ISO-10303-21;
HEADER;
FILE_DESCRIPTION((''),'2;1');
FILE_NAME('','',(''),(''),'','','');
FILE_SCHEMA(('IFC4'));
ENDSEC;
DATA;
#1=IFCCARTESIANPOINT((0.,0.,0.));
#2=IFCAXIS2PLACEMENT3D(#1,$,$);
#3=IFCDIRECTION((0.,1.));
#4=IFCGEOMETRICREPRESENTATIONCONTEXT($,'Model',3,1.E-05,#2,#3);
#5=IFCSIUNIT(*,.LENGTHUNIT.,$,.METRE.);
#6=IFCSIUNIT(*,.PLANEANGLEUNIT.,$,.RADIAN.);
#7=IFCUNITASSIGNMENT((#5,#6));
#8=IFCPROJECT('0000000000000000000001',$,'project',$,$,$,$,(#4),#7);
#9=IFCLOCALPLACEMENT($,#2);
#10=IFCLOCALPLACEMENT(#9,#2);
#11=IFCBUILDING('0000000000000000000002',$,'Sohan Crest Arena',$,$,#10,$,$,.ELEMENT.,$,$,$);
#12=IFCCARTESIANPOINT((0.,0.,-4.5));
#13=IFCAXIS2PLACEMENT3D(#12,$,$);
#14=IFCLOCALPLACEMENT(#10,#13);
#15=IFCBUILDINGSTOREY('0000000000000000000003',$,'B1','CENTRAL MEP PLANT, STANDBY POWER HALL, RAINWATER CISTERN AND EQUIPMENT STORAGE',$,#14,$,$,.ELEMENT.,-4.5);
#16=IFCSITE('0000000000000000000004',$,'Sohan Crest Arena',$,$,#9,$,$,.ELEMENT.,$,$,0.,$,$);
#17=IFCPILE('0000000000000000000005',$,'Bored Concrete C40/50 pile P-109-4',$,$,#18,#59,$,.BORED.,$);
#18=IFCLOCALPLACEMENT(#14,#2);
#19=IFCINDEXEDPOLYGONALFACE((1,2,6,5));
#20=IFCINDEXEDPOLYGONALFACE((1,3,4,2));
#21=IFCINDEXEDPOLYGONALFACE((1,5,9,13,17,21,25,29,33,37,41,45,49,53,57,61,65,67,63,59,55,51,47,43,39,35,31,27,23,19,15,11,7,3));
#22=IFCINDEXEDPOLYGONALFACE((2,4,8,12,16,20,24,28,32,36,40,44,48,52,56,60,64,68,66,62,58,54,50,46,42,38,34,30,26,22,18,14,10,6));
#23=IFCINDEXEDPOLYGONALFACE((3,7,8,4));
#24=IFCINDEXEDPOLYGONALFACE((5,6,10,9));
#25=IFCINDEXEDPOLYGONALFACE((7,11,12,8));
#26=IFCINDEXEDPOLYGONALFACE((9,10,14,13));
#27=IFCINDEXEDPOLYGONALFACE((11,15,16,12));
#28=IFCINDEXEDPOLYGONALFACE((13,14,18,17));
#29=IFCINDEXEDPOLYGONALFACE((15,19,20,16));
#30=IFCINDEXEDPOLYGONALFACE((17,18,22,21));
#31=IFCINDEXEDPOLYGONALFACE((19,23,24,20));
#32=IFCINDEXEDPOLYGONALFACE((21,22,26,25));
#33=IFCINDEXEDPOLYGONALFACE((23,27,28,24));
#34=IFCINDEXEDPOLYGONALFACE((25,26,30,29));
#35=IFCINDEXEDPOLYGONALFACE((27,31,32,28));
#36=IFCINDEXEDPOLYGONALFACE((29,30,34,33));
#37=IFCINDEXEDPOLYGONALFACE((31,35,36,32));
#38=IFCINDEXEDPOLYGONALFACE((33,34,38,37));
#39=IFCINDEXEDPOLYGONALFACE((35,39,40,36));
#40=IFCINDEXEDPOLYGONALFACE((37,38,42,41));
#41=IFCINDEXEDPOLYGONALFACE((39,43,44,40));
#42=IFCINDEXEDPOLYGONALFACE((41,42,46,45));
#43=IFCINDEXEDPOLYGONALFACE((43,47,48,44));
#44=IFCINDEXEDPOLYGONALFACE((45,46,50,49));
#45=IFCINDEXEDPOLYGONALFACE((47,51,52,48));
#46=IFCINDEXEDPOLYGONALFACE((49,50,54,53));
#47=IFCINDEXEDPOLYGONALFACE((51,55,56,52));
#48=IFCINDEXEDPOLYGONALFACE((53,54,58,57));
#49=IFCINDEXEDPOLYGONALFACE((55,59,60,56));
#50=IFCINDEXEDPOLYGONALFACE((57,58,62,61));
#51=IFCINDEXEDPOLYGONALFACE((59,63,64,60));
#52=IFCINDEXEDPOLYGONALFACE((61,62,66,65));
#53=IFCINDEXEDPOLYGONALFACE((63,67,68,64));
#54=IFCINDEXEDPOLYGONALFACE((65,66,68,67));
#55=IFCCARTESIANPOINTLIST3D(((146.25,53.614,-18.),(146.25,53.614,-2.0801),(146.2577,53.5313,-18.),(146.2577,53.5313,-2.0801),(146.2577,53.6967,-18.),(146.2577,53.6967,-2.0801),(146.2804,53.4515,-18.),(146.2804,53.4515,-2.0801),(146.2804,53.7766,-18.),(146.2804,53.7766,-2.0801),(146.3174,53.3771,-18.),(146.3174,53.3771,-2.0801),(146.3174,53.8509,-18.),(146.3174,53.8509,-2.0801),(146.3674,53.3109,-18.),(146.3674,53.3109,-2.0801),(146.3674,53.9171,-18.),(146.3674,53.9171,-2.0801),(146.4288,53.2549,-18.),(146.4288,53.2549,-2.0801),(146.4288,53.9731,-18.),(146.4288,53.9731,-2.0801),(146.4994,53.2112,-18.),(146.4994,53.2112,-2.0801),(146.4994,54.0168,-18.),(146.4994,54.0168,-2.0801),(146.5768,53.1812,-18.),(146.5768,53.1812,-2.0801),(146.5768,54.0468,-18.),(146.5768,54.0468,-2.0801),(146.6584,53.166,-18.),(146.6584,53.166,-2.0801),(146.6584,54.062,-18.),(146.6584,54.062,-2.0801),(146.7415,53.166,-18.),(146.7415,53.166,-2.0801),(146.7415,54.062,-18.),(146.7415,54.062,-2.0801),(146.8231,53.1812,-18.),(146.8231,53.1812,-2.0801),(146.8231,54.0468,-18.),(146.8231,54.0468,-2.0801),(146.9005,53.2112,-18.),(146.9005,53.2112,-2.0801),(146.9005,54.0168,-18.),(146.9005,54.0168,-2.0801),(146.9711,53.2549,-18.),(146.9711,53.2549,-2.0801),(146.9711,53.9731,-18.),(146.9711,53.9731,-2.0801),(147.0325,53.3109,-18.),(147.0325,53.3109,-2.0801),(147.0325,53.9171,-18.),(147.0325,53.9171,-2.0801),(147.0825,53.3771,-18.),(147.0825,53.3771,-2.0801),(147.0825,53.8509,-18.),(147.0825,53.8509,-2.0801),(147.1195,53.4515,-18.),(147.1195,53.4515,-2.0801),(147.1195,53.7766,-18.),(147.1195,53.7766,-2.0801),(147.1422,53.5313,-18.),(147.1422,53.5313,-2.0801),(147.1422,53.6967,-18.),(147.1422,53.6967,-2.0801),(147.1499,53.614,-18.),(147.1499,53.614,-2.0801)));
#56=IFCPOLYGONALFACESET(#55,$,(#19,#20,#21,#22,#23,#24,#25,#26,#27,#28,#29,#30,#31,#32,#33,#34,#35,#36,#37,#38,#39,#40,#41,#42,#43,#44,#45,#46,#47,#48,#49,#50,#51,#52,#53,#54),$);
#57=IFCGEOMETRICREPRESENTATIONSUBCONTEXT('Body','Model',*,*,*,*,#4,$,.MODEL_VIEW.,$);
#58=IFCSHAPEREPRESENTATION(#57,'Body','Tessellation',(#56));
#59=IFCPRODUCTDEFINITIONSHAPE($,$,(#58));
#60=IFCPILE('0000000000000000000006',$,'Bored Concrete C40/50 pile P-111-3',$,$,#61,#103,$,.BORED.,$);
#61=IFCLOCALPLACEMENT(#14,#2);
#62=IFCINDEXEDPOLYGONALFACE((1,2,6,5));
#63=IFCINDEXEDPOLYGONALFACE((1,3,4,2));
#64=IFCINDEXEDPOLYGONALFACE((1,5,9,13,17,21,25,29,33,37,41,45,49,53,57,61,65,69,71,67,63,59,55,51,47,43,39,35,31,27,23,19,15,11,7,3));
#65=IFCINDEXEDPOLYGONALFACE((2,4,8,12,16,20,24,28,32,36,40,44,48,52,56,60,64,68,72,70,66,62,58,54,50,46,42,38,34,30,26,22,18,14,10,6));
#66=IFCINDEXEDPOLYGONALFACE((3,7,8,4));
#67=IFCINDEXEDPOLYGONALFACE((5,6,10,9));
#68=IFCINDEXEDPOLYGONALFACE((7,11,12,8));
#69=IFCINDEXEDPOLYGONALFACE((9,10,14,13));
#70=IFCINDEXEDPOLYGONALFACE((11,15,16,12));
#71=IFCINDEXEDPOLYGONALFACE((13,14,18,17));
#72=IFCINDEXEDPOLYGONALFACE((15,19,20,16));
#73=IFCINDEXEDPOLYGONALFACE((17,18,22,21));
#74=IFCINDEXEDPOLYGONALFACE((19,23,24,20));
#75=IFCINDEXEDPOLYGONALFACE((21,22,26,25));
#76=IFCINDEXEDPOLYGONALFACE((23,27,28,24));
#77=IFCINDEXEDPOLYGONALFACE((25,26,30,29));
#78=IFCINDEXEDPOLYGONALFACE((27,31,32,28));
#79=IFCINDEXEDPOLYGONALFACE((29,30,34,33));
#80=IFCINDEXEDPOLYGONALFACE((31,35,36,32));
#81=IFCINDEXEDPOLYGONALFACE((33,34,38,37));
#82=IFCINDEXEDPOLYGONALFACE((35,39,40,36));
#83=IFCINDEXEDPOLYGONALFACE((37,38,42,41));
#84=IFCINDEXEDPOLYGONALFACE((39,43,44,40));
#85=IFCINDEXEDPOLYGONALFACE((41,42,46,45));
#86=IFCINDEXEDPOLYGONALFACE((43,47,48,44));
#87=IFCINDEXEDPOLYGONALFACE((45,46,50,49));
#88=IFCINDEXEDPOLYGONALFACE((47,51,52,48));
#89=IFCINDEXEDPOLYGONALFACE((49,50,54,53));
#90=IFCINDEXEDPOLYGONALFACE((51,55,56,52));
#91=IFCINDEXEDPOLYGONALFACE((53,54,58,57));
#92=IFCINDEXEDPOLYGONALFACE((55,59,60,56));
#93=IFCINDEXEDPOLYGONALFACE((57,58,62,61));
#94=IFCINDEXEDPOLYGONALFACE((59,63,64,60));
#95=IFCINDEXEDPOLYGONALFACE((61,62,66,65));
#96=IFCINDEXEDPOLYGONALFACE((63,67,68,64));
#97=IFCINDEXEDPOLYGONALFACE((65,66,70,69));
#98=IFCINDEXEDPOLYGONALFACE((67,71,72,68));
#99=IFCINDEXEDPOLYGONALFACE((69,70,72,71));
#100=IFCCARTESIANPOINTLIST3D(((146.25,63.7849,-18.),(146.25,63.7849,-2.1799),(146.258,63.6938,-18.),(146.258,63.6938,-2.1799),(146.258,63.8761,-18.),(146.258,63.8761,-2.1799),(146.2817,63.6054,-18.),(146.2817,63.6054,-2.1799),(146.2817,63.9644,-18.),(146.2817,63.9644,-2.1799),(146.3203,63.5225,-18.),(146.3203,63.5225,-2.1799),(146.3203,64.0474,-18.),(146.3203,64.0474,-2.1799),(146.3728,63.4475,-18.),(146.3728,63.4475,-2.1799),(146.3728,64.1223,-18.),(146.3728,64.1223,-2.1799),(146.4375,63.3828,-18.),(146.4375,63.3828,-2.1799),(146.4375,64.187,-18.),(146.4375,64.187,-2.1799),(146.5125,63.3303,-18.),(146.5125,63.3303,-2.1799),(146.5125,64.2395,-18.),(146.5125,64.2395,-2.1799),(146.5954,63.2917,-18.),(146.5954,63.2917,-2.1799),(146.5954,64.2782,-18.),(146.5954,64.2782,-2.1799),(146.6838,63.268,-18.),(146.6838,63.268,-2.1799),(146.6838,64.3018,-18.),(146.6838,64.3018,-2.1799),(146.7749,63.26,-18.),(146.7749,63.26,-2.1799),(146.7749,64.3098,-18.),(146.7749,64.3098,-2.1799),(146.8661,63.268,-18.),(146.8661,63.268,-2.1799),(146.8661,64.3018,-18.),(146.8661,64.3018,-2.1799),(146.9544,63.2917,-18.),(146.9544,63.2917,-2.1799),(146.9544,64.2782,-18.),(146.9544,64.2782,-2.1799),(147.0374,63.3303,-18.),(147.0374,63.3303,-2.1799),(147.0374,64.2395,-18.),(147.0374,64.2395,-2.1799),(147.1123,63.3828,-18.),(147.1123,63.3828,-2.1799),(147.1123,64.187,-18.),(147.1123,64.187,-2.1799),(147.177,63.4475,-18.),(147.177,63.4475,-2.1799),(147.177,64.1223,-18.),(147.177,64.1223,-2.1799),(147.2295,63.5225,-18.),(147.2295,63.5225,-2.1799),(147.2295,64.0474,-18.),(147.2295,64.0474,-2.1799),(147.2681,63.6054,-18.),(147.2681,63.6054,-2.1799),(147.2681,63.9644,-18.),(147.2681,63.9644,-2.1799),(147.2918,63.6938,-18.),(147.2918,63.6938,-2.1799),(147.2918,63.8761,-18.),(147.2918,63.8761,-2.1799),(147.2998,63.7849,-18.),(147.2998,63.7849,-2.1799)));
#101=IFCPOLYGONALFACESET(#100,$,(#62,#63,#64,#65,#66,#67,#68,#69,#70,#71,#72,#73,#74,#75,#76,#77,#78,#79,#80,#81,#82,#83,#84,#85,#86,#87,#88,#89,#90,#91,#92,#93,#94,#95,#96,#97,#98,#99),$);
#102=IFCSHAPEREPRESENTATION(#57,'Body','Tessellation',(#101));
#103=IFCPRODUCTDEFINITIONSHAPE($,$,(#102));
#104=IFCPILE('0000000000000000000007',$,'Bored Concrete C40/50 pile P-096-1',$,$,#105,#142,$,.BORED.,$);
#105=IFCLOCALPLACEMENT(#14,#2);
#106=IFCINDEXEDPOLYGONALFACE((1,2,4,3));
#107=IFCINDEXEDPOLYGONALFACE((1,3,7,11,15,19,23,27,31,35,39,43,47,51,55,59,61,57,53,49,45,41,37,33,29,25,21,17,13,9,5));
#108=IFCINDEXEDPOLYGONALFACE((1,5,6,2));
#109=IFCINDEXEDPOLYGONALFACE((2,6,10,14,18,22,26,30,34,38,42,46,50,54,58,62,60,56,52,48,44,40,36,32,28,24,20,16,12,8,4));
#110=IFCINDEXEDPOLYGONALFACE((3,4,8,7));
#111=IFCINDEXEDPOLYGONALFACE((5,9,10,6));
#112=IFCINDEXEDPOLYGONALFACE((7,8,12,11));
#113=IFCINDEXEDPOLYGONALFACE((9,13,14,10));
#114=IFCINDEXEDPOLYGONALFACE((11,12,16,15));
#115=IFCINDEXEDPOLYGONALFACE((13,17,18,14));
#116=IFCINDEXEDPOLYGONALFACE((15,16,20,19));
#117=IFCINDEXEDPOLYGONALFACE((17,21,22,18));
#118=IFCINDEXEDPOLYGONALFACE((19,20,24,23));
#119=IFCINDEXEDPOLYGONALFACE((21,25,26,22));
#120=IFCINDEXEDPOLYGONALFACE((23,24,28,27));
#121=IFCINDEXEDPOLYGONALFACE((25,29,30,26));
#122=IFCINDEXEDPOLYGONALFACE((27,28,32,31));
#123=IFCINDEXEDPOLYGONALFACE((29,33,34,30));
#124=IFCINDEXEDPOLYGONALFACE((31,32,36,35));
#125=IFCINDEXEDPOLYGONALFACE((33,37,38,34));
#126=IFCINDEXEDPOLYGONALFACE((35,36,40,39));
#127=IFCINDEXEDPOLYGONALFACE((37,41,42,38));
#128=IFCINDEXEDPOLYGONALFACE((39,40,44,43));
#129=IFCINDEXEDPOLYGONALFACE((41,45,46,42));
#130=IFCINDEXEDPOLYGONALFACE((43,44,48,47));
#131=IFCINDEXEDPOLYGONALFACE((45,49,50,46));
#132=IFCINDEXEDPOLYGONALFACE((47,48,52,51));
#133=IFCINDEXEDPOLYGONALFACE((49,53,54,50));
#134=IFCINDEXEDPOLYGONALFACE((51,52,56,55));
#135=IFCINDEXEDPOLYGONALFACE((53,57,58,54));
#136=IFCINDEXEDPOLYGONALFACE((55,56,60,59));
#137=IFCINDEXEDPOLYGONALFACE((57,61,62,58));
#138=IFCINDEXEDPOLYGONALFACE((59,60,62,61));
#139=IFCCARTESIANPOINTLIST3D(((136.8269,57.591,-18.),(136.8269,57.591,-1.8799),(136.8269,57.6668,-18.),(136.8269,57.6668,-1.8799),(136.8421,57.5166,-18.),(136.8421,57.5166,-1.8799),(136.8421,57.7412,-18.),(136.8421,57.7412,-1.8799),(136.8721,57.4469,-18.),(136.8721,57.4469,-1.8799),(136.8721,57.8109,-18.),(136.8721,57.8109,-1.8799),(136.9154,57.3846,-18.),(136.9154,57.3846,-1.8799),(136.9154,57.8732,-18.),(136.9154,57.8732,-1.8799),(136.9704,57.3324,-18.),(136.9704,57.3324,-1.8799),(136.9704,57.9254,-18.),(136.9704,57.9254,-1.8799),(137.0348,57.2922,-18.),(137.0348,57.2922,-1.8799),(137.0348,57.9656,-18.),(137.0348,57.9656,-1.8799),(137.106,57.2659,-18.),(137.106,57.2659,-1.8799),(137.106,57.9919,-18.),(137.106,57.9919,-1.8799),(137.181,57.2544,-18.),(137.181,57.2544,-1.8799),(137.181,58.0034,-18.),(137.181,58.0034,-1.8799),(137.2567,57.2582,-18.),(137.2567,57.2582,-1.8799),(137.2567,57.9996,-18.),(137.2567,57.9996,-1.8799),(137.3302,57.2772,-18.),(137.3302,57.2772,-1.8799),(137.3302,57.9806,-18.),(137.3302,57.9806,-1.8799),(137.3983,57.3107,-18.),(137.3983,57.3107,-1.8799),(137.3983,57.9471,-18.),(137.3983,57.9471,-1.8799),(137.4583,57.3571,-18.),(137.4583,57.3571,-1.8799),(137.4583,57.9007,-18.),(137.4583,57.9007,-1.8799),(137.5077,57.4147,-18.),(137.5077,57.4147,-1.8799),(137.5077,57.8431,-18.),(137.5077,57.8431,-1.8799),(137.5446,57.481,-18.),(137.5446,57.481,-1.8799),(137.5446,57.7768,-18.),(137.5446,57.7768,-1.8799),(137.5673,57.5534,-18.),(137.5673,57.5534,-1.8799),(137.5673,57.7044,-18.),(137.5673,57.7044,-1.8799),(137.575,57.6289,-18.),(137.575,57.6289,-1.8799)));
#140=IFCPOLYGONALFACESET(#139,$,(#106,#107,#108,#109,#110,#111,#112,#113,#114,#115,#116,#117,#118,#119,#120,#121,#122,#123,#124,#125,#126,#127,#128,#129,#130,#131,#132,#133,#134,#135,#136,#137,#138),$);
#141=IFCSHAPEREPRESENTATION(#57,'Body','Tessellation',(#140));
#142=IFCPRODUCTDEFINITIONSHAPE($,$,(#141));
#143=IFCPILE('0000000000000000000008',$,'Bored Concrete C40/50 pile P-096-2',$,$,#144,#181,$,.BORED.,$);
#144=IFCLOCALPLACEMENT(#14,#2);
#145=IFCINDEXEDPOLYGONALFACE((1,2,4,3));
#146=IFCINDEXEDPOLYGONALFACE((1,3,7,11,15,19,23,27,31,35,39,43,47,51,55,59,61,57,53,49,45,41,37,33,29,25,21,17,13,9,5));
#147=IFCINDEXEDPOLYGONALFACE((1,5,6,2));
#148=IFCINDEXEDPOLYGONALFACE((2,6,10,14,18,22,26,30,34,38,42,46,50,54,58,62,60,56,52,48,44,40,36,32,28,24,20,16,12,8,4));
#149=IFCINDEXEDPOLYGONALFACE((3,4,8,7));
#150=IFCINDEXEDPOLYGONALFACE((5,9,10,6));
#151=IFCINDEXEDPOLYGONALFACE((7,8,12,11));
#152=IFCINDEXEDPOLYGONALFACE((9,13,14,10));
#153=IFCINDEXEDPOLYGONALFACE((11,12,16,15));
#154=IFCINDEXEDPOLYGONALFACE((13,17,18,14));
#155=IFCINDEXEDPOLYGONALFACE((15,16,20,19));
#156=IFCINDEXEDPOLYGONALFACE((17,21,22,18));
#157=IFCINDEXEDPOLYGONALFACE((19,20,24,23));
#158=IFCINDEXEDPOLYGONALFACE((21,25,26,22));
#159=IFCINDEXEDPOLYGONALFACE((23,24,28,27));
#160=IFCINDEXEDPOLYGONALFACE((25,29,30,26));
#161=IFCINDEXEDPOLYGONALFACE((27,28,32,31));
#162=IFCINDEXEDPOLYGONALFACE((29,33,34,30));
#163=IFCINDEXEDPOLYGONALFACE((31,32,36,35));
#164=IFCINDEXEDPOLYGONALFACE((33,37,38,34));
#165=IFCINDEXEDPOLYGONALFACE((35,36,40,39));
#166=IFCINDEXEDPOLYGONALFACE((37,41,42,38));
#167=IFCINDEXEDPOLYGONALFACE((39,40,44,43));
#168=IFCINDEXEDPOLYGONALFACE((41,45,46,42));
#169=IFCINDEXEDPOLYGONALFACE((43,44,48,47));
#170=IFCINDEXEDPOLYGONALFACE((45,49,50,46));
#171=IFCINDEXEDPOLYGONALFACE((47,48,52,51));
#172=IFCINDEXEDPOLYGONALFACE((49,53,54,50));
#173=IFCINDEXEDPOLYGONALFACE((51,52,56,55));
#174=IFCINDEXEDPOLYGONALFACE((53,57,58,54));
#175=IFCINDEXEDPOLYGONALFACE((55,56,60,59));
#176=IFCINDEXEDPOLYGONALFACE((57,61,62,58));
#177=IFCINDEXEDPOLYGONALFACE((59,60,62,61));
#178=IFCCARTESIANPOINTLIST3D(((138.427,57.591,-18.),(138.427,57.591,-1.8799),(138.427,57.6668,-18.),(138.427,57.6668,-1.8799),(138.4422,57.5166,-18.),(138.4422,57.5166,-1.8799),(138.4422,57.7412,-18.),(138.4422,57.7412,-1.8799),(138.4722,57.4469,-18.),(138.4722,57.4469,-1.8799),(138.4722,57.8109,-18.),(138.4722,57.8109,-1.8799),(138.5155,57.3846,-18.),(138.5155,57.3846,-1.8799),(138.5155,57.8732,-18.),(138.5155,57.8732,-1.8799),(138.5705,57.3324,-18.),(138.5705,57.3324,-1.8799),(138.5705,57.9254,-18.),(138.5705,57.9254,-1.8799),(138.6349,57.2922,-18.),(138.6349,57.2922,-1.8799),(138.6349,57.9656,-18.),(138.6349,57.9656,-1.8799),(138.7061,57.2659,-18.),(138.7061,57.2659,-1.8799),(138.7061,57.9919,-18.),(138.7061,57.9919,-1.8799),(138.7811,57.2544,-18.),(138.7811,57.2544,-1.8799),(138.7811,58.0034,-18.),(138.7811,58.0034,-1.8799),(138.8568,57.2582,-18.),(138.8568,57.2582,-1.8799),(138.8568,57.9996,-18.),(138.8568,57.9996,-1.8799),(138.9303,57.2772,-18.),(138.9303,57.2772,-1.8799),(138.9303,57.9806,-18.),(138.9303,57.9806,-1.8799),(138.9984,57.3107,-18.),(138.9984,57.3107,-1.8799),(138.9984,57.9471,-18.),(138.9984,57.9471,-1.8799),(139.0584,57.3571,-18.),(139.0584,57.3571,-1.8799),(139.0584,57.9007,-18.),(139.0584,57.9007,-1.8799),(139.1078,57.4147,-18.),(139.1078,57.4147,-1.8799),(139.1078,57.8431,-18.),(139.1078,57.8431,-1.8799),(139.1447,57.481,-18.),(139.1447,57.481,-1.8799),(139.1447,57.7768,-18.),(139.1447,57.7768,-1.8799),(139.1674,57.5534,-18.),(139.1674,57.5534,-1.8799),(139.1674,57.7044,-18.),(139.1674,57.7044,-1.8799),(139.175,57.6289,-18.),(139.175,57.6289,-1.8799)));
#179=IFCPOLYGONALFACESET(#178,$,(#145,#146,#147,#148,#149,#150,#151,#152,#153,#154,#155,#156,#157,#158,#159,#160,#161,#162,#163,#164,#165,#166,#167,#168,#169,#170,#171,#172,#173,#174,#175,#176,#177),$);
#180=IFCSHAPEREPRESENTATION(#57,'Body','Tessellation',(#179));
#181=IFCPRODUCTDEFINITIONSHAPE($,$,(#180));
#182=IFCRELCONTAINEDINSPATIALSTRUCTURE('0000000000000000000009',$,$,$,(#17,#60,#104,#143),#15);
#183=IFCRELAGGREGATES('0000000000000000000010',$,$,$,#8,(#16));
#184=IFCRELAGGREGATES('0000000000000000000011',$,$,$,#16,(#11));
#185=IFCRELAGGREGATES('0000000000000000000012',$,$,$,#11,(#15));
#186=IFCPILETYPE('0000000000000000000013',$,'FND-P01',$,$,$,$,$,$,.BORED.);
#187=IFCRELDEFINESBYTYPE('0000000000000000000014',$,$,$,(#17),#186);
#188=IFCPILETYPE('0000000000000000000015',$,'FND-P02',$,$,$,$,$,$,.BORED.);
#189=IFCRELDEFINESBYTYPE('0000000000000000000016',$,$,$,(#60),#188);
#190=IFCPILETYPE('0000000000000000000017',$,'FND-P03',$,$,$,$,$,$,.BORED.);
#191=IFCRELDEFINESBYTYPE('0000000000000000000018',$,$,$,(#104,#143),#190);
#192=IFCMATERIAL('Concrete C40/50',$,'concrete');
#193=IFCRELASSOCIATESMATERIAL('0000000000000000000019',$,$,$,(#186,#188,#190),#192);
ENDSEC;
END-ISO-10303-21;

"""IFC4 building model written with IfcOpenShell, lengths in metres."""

from ifc_helpers import new_model, si_unit, direction, frame, origin, origin_2d, place, context, subcontext, project, spatial, circle, extrude, material, material_profile, profile_set, type_object, element, save


model = new_model("IFC4")

# Units and contexts
model_context = context("Model", 3, precision=1e-05, world=origin(), true_north=direction((0.0, 1.0)))
body_context = subcontext(model_context, "Body", "Model", "MODEL_VIEW")
ifc_project = project(units=[si_unit("LENGTHUNIT", "METRE"), si_unit("PLANEANGLEUNIT", "RADIAN")], contexts=[model_context])

# Site, building, storey
site_placement = place(None, origin())
site = spatial("IfcSite", under=ifc_project, at=site_placement, Name="Sohan Crest Arena", CompositionType="ELEMENT", RefElevation=0.0)
building_placement = place(site_placement, origin())
building = spatial("IfcBuilding", under=site, at=building_placement, Name="Sohan Crest Arena", CompositionType="ELEMENT")
storey_placement = place(building_placement, frame((0.0, 0.0, -4.5)))
storey = spatial("IfcBuildingStorey", under=building, at=storey_placement, Name="B1", Description="CENTRAL MEP PLANT, STANDBY POWER HALL, RAINWATER CISTERN AND EQUIPMENT STORAGE", CompositionType="ELEMENT", Elevation=-4.5)

# Shared definitions
ifc_material_1 = material(Name="Concrete C40/50", Category="concrete")

# Piles
ifc_material_profile_1 = material_profile(ifc_material_1, circle(Radius=0.45, at=origin_2d()), Name="PILE D900")
ifc_profile_set_1 = profile_set([ifc_material_profile_1], Name="Concrete C40/50")
pile_type_1 = type_object("IfcPileType", Name="FND-P01", PredefinedType="BORED", material=ifc_profile_set_1)
for number, where, z_axis, x_axis, name in (
    (1, (146.7, 53.614, -18.0), (0.0, 0.0, 1.0), (1.0, 0.0, 0.0), "Bored Concrete C40/50 pile P-109-4"),
):
    element("IfcPile", number, at=place(storey_placement, frame(where, z_axis=z_axis, x_axis=x_axis)), inside=storey, type_object=pile_type_1, Name=name, PredefinedType="BORED", context=body_context, shape_type="SweptSolid", body=[
        extrude(circle(Radius=0.45, at=origin_2d()), origin(), (0.0, 0.0, 1.0), 15.9199),
    ])
ifc_material_profile_2 = material_profile(ifc_material_1, circle(Radius=0.5249, at=origin_2d()), Name="PILE D1050")
ifc_profile_set_2 = profile_set([ifc_material_profile_2], Name="Concrete C40/50")
pile_type_2 = type_object("IfcPileType", Name="FND-P02", PredefinedType="BORED", material=ifc_profile_set_2)
pile_placement = place(storey_placement, frame((146.7749, 63.7849, -18.0), z_axis=(0.0, 0.0, 1.0), x_axis=(1.0, 0.0, 0.0)))
element("IfcPile", 2, at=pile_placement, inside=storey, type_object=pile_type_2, Name="Bored Concrete C40/50 pile P-111-3", PredefinedType="BORED", context=body_context, shape_type="SweptSolid", body=[
    extrude(circle(Radius=0.5249, at=origin_2d()), origin(), (0.0, 0.0, 1.0), 15.8201),
])
ifc_material_profile_3 = material_profile(ifc_material_1, circle(Radius=0.375, at=origin_2d()), Name="PILE D750")
ifc_profile_set_3 = profile_set([ifc_material_profile_3], Name="Concrete C40/50")
pile_type_3 = type_object("IfcPileType", Name="FND-P03", PredefinedType="BORED", material=ifc_profile_set_3)
for number, where, z_axis, x_axis, name in (
    (3, (137.2, 57.6289, -18.0), (0.0, 0.0, 1.0), (1.0, 0.0, 0.0), "Bored Concrete C40/50 pile P-096-1"),
    (4, (138.8, 57.6289, -18.0), (0.0, 0.0, 1.0), (1.0, 0.0, 0.0), "Bored Concrete C40/50 pile P-096-2"),
):
    element("IfcPile", number, at=place(storey_placement, frame(where, z_axis=z_axis, x_axis=x_axis)), inside=storey, type_object=pile_type_3, Name=name, PredefinedType="BORED", context=body_context, shape_type="SweptSolid", body=[
        extrude(circle(Radius=0.375, at=origin_2d()), origin(), (0.0, 0.0, 1.0), 16.1201),
    ])

save(model, "model.ifc")
